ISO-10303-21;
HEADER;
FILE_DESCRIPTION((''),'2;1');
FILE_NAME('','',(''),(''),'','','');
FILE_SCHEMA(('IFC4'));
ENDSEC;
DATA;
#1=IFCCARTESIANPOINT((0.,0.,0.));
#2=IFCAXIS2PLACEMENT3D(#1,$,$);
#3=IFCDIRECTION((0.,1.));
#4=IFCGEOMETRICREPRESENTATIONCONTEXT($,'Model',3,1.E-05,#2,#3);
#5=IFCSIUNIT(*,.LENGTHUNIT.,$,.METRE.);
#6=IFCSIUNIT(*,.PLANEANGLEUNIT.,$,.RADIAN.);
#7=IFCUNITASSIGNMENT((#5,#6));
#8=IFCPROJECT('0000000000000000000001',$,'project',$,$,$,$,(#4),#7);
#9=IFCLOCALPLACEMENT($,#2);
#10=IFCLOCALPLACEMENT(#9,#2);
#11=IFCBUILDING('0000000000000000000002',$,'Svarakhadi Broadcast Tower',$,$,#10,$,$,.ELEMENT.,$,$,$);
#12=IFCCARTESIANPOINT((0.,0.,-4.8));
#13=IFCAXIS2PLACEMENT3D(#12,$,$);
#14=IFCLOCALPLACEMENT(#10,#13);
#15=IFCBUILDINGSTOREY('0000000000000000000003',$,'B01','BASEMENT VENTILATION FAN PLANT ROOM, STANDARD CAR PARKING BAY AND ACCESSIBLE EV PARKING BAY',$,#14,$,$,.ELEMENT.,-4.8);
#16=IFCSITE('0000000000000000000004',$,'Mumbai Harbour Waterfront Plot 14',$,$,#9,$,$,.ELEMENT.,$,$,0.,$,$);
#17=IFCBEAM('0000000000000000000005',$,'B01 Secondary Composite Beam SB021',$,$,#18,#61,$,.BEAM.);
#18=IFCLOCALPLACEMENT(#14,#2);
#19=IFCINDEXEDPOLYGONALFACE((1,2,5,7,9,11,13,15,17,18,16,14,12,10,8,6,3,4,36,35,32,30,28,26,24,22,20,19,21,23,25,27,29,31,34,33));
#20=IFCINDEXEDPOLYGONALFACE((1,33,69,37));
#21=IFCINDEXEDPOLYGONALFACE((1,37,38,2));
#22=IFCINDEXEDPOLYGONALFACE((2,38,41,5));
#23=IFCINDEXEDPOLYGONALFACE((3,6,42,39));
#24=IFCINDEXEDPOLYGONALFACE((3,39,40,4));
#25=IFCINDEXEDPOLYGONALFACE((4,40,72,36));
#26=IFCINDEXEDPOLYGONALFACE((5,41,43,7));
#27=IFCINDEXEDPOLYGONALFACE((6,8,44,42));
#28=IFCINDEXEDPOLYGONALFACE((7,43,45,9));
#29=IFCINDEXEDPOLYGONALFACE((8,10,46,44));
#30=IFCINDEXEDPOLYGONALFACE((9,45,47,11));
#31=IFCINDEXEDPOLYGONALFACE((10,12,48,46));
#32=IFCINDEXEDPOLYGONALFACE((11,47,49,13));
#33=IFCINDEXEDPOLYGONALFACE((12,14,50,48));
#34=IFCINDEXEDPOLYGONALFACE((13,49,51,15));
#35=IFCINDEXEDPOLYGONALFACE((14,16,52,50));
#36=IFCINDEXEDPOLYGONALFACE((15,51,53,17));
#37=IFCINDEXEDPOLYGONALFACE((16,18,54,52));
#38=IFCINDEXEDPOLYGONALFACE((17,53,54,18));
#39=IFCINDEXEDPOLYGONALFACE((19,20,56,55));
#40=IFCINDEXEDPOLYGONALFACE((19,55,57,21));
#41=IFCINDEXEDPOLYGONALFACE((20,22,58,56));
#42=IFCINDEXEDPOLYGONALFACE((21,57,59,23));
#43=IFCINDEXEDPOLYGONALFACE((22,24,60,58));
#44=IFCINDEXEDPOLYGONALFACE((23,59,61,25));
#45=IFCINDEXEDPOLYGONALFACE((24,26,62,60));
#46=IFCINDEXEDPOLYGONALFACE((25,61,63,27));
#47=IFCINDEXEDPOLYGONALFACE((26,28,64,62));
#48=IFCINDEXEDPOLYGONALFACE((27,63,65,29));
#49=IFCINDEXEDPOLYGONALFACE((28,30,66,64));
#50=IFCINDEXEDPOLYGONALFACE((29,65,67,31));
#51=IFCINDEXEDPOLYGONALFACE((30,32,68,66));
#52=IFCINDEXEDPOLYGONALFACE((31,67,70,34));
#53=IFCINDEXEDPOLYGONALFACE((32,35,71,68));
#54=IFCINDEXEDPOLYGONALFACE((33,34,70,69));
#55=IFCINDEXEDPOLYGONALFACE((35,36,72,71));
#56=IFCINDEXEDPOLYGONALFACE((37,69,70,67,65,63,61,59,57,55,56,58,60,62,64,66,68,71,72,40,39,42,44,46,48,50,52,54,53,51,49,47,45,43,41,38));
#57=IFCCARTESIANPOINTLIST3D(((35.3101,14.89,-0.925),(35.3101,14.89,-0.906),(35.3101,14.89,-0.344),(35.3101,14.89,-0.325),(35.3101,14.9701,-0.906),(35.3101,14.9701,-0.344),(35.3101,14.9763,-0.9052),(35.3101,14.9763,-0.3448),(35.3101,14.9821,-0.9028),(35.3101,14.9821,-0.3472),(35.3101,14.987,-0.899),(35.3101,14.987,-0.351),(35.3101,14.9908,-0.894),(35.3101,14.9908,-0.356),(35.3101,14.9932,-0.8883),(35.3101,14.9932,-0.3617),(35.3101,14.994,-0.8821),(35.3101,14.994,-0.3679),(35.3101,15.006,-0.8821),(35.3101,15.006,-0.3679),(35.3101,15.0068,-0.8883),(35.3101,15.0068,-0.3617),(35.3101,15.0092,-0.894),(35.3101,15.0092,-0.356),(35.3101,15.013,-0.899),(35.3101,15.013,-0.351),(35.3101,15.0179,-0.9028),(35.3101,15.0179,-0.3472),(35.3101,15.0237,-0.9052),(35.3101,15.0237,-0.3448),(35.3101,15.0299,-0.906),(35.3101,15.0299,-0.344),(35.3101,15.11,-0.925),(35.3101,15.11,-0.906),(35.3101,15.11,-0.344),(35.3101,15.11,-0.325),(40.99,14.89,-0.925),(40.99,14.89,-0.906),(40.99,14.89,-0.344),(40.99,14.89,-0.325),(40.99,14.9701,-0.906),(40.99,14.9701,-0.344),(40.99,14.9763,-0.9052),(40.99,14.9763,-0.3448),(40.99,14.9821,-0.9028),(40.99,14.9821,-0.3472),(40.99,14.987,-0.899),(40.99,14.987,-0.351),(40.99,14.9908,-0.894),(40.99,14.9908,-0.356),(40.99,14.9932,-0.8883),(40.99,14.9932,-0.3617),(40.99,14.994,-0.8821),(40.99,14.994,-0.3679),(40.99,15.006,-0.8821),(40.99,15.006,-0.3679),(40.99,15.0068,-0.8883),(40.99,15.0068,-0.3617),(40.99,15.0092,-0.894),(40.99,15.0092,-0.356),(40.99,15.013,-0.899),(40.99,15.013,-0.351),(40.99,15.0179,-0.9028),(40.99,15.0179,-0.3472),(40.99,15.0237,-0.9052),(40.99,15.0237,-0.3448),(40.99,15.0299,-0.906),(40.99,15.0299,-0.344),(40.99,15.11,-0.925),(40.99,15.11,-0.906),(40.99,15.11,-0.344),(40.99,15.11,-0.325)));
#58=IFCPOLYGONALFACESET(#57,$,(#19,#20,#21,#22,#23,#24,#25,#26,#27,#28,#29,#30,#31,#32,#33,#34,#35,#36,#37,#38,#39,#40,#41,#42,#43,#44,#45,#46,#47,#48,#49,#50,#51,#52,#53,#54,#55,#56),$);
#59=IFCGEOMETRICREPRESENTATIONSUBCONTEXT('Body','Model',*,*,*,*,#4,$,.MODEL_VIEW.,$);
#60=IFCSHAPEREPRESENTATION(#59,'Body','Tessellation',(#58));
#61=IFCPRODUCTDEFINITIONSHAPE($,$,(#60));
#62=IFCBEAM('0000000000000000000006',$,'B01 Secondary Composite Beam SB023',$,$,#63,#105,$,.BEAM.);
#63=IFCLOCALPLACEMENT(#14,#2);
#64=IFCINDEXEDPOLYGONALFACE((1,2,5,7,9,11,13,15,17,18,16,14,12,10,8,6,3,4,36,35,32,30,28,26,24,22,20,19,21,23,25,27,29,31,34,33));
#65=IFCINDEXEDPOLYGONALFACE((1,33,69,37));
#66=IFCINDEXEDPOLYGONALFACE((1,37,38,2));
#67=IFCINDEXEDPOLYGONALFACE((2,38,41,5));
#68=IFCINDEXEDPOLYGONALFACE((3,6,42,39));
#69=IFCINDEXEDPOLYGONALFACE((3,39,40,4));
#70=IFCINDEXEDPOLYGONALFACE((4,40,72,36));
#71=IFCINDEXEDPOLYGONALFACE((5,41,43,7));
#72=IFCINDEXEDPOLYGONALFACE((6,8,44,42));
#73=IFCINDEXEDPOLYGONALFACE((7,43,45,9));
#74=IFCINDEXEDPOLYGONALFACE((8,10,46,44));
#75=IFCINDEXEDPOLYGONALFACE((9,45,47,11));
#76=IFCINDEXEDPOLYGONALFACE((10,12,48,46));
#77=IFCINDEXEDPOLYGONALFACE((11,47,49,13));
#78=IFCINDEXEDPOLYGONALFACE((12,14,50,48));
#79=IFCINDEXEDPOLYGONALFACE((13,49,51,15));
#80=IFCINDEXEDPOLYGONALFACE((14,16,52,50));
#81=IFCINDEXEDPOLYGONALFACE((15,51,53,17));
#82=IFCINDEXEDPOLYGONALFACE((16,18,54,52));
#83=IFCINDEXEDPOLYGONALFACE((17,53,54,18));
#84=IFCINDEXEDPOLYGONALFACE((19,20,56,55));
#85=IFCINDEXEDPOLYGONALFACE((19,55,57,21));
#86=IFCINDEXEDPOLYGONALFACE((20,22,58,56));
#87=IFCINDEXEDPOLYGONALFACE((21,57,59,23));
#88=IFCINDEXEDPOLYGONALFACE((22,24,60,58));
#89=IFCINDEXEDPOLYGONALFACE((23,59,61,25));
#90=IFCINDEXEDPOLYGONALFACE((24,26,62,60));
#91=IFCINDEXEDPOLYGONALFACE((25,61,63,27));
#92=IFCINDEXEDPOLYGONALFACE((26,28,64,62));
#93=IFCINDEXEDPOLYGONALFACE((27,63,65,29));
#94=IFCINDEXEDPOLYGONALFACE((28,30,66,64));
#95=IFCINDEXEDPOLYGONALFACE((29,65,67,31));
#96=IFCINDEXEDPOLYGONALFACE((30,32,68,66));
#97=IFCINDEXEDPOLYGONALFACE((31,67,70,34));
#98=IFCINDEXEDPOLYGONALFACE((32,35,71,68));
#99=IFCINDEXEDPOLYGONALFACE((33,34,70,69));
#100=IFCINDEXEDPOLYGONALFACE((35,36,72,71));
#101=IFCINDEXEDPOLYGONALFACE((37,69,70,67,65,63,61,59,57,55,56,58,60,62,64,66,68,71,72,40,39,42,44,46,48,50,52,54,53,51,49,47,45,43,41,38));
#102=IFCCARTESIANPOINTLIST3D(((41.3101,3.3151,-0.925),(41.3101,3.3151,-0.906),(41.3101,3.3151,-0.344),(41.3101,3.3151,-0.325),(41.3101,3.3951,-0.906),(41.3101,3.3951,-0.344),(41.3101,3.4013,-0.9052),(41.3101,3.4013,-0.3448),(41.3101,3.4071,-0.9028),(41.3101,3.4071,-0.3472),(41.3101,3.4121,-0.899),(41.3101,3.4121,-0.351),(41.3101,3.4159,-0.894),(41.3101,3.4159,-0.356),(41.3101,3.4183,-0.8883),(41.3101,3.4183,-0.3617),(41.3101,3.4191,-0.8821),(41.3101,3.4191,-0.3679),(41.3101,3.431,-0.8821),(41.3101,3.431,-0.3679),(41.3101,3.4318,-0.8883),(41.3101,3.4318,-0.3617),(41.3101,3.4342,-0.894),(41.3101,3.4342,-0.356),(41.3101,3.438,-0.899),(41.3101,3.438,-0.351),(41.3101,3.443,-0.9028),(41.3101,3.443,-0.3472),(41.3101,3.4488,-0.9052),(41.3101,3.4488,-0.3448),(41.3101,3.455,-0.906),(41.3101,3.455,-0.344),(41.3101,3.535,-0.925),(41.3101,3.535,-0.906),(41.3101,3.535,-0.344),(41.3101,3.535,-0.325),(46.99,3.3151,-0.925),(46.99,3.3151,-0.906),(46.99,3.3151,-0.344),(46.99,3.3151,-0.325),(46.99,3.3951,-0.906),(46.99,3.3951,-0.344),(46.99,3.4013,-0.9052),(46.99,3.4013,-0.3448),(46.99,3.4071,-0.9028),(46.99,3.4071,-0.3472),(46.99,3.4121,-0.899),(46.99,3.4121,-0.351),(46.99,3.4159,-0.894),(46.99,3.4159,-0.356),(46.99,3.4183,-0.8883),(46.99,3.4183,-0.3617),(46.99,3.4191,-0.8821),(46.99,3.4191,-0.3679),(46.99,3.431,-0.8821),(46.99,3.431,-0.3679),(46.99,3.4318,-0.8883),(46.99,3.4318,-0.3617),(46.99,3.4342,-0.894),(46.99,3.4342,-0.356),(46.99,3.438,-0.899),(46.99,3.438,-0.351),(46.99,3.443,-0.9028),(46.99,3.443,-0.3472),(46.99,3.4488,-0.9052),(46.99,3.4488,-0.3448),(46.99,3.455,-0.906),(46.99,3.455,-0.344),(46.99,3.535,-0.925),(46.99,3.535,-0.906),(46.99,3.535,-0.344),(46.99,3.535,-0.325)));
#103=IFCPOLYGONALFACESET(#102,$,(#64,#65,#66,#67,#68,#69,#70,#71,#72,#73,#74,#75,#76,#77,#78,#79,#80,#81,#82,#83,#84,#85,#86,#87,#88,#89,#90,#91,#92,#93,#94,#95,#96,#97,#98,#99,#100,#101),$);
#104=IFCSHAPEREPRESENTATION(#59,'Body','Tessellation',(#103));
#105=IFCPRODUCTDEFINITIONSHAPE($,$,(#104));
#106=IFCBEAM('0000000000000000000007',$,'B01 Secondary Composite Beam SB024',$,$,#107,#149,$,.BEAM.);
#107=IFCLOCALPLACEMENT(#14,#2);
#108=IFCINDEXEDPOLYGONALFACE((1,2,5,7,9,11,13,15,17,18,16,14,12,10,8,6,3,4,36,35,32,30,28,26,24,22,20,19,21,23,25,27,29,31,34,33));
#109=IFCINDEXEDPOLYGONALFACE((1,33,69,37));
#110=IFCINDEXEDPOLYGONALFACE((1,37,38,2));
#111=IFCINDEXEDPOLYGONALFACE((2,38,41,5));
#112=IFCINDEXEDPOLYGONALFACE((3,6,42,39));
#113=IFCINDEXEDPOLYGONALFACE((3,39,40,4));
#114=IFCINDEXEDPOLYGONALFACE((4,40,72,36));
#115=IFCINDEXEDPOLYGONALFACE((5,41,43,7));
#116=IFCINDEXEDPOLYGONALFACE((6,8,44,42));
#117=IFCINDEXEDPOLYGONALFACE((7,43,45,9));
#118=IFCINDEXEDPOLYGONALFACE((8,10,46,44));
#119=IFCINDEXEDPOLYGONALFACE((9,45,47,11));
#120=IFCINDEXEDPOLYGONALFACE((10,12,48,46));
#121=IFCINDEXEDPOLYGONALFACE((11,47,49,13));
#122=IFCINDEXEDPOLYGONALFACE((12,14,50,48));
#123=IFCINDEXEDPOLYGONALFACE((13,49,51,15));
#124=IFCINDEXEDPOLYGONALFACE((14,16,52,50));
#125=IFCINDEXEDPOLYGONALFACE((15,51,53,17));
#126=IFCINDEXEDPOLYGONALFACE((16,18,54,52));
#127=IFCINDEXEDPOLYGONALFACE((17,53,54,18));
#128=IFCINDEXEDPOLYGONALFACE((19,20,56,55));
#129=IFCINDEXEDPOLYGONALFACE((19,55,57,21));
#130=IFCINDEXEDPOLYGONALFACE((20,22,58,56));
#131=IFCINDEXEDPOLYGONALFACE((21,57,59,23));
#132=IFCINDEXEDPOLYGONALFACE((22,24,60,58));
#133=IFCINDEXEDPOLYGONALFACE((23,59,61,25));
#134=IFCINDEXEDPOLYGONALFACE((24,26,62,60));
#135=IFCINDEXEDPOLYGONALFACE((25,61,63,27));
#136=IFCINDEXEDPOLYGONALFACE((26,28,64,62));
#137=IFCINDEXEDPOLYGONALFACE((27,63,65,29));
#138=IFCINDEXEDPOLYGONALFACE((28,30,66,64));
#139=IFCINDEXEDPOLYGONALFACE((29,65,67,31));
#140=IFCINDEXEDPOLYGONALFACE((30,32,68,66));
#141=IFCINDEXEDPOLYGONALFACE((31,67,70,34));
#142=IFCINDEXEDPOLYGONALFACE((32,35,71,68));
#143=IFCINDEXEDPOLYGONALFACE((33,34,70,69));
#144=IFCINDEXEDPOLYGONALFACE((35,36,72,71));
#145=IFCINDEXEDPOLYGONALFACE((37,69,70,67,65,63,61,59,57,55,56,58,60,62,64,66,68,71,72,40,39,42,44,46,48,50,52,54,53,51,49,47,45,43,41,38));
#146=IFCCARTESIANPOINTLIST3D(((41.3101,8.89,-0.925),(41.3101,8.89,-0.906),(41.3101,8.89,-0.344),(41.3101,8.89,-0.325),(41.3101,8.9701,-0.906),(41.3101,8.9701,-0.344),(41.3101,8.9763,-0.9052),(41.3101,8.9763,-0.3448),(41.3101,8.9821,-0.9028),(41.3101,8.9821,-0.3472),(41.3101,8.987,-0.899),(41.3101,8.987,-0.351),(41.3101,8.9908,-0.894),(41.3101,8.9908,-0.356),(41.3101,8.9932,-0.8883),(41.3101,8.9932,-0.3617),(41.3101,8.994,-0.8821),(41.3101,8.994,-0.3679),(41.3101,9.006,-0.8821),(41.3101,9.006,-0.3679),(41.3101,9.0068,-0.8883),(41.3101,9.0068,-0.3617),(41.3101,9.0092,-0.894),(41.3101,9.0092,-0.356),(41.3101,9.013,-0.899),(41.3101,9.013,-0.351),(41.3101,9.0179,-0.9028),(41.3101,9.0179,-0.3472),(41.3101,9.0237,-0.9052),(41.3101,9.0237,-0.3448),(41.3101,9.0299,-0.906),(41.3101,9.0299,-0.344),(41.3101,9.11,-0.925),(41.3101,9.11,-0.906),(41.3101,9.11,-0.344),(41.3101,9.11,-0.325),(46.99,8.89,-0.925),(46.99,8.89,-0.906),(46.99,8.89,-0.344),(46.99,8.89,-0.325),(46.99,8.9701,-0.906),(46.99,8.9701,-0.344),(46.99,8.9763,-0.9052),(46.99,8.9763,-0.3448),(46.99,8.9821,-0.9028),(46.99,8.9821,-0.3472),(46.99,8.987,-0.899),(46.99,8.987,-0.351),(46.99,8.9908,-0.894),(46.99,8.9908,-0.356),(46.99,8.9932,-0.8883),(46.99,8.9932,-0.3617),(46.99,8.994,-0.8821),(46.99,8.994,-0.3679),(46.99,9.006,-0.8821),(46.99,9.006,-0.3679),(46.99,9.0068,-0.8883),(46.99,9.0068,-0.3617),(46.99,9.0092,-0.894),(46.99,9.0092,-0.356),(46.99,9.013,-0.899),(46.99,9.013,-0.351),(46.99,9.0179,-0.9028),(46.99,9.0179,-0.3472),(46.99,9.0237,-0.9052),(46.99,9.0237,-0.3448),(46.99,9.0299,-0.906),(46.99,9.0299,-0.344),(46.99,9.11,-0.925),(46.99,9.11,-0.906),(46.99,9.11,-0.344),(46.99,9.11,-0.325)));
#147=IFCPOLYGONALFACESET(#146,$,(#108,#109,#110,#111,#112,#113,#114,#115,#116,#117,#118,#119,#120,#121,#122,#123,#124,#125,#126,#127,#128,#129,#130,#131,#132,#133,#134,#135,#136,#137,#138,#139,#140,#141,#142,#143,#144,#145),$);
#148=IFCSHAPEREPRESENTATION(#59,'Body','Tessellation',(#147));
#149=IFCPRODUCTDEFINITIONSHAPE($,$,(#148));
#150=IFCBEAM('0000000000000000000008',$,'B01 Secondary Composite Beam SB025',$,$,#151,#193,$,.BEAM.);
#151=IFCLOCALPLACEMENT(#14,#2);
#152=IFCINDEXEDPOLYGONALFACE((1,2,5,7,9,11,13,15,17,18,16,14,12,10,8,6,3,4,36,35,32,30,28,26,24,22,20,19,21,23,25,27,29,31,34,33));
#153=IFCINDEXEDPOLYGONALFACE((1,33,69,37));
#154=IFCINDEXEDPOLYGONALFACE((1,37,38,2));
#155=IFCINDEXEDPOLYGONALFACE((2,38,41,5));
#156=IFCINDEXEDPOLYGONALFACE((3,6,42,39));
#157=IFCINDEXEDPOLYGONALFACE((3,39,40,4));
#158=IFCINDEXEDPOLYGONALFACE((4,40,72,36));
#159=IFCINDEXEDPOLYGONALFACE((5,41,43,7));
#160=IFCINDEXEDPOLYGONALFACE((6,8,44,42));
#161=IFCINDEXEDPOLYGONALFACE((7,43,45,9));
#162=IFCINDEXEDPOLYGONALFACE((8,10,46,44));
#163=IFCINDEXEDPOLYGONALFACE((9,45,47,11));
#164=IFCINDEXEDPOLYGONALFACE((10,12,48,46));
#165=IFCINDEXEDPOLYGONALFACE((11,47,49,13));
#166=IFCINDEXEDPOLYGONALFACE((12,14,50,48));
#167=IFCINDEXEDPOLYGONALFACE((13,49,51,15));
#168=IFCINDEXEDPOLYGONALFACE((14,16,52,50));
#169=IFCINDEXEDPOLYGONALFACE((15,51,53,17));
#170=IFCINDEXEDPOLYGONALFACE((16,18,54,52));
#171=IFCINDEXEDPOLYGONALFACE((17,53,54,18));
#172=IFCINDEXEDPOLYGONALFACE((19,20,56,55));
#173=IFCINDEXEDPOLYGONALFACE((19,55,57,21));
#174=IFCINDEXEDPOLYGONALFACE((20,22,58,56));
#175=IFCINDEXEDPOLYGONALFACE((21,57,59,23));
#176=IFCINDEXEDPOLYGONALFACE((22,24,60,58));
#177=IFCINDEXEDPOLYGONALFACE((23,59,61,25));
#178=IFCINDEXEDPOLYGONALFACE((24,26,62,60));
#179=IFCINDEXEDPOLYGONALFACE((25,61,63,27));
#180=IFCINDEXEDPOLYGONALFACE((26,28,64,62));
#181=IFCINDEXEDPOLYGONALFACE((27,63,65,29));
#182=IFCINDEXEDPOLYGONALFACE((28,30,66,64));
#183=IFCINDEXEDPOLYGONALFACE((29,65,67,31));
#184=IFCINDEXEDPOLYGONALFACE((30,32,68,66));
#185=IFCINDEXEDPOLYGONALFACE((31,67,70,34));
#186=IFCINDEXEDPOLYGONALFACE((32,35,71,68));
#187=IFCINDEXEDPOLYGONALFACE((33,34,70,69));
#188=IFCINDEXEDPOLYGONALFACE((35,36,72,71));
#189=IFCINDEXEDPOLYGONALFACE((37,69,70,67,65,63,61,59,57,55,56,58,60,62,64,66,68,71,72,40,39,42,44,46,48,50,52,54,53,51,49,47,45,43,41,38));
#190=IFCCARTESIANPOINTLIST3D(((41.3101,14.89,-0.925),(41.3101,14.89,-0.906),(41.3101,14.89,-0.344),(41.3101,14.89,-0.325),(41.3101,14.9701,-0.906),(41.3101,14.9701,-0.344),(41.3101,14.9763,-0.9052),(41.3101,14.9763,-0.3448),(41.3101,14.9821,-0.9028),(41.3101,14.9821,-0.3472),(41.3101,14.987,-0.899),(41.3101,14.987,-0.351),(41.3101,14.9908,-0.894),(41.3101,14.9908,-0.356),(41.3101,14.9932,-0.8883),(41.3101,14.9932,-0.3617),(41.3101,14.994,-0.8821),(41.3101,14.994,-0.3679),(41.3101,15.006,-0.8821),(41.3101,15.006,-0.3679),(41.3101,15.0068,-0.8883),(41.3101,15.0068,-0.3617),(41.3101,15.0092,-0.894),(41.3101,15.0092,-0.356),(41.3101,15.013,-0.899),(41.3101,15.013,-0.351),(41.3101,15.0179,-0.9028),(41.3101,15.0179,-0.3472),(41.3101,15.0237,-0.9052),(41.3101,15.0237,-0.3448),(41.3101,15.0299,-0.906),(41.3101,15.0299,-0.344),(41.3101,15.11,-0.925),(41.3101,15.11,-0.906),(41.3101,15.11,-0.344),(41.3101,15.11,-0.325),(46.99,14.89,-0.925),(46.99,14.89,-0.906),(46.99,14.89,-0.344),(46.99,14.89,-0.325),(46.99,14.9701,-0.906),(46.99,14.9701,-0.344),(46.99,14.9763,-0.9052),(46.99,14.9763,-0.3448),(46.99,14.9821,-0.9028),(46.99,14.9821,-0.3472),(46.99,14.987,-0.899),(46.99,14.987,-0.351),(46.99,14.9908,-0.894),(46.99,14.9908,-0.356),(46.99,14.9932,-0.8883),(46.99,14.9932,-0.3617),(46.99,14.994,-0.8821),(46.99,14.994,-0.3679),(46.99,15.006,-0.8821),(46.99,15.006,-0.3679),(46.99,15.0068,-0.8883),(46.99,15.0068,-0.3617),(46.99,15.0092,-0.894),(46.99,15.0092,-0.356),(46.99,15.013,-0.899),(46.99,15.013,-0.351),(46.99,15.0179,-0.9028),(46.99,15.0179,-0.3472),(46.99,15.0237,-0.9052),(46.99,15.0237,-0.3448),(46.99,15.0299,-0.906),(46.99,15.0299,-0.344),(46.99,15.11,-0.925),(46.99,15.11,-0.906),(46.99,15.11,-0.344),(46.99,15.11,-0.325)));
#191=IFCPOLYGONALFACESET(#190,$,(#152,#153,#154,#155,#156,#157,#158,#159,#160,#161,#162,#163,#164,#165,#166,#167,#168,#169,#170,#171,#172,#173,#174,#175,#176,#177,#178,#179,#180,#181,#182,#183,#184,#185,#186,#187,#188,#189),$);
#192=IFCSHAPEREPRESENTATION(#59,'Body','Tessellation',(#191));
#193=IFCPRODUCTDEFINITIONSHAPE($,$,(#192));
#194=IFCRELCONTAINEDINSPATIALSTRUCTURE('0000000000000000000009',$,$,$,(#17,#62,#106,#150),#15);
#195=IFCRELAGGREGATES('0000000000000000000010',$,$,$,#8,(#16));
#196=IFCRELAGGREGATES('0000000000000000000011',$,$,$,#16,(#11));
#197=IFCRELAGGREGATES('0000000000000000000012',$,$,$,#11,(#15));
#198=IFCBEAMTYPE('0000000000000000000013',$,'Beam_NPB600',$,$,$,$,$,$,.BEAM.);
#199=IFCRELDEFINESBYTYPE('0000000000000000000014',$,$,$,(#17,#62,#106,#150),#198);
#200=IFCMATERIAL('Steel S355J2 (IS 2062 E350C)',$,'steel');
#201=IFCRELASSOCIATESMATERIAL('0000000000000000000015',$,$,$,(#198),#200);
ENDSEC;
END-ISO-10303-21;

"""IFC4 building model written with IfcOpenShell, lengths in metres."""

from ifc_helpers import new_model, si_unit, direction, frame, origin, origin_2d, place, context, subcontext, project, spatial, i_section, extrude, material, material_profile, profile_set, type_object, element, save


model = new_model("IFC4")

# Units and contexts
model_context = context("Model", 3, precision=1e-05, world=origin(), true_north=direction((0.0, 1.0)))
body_context = subcontext(model_context, "Body", "Model", "MODEL_VIEW")
ifc_project = project(units=[si_unit("LENGTHUNIT", "METRE"), si_unit("PLANEANGLEUNIT", "RADIAN")], contexts=[model_context])

# Site, building, storey
site_placement = place(None, origin())
site = spatial("IfcSite", under=ifc_project, at=site_placement, Name="Mumbai Harbour Waterfront Plot 14", CompositionType="ELEMENT", RefElevation=0.0)
building_placement = place(site_placement, origin())
building = spatial("IfcBuilding", under=site, at=building_placement, Name="Svarakhadi Broadcast Tower", CompositionType="ELEMENT")
storey_placement = place(building_placement, frame((0.0, 0.0, -4.8)))
storey = spatial("IfcBuildingStorey", under=building, at=storey_placement, Name="B01", Description="BASEMENT VENTILATION FAN PLANT ROOM, STANDARD CAR PARKING BAY AND ACCESSIBLE EV PARKING BAY", CompositionType="ELEMENT", Elevation=-4.8)

# Beams
ifc_material_1 = material(Name="Steel S355J2 (IS 2062 E350C)", Category="steel")
ifc_material_profile_1 = material_profile(ifc_material_1, i_section(OverallWidth=0.22, OverallDepth=0.6001, WebThickness=0.012, FlangeThickness=0.019, FilletRadius=0.0239, at=origin_2d()), Name="NPB 600x220x122")
ifc_profile_set_1 = profile_set([ifc_material_profile_1], Name="Steel S355J2 (IS 2062 E350C)")
beam_type_1 = type_object("IfcBeamType", Name="Beam_NPB600", PredefinedType="BEAM", material=ifc_profile_set_1)
for number, where, z_axis, x_axis, name in (
    (1, (35.3101, 15.0, -0.625), (1.0, 0.0, 0.0), (0.0, 1.0, 0.0), "B01 Secondary Composite Beam SB021"),
    (2, (41.3101, 3.425, -0.625), (1.0, 0.0, 0.0), (0.0, 1.0, 0.0), "B01 Secondary Composite Beam SB023"),
    (3, (41.3101, 9.0, -0.625), (1.0, 0.0, 0.0), (0.0, 1.0, 0.0), "B01 Secondary Composite Beam SB024"),
    (4, (41.3101, 15.0, -0.625), (1.0, 0.0, 0.0), (0.0, 1.0, 0.0), "B01 Secondary Composite Beam SB025"),
):
    element("IfcBeam", number, at=place(storey_placement, frame(where, z_axis=z_axis, x_axis=x_axis)), inside=storey, type_object=beam_type_1, Name=name, PredefinedType="BEAM", context=body_context, shape_type="SweptSolid", body=[
        extrude(i_section(OverallWidth=0.22, OverallDepth=0.6001, WebThickness=0.012, FlangeThickness=0.019, FilletRadius=0.0239, at=origin_2d()), origin(), (0.0, 0.0, 1.0), 5.6799),
    ])

save(model, "model.ifc")
